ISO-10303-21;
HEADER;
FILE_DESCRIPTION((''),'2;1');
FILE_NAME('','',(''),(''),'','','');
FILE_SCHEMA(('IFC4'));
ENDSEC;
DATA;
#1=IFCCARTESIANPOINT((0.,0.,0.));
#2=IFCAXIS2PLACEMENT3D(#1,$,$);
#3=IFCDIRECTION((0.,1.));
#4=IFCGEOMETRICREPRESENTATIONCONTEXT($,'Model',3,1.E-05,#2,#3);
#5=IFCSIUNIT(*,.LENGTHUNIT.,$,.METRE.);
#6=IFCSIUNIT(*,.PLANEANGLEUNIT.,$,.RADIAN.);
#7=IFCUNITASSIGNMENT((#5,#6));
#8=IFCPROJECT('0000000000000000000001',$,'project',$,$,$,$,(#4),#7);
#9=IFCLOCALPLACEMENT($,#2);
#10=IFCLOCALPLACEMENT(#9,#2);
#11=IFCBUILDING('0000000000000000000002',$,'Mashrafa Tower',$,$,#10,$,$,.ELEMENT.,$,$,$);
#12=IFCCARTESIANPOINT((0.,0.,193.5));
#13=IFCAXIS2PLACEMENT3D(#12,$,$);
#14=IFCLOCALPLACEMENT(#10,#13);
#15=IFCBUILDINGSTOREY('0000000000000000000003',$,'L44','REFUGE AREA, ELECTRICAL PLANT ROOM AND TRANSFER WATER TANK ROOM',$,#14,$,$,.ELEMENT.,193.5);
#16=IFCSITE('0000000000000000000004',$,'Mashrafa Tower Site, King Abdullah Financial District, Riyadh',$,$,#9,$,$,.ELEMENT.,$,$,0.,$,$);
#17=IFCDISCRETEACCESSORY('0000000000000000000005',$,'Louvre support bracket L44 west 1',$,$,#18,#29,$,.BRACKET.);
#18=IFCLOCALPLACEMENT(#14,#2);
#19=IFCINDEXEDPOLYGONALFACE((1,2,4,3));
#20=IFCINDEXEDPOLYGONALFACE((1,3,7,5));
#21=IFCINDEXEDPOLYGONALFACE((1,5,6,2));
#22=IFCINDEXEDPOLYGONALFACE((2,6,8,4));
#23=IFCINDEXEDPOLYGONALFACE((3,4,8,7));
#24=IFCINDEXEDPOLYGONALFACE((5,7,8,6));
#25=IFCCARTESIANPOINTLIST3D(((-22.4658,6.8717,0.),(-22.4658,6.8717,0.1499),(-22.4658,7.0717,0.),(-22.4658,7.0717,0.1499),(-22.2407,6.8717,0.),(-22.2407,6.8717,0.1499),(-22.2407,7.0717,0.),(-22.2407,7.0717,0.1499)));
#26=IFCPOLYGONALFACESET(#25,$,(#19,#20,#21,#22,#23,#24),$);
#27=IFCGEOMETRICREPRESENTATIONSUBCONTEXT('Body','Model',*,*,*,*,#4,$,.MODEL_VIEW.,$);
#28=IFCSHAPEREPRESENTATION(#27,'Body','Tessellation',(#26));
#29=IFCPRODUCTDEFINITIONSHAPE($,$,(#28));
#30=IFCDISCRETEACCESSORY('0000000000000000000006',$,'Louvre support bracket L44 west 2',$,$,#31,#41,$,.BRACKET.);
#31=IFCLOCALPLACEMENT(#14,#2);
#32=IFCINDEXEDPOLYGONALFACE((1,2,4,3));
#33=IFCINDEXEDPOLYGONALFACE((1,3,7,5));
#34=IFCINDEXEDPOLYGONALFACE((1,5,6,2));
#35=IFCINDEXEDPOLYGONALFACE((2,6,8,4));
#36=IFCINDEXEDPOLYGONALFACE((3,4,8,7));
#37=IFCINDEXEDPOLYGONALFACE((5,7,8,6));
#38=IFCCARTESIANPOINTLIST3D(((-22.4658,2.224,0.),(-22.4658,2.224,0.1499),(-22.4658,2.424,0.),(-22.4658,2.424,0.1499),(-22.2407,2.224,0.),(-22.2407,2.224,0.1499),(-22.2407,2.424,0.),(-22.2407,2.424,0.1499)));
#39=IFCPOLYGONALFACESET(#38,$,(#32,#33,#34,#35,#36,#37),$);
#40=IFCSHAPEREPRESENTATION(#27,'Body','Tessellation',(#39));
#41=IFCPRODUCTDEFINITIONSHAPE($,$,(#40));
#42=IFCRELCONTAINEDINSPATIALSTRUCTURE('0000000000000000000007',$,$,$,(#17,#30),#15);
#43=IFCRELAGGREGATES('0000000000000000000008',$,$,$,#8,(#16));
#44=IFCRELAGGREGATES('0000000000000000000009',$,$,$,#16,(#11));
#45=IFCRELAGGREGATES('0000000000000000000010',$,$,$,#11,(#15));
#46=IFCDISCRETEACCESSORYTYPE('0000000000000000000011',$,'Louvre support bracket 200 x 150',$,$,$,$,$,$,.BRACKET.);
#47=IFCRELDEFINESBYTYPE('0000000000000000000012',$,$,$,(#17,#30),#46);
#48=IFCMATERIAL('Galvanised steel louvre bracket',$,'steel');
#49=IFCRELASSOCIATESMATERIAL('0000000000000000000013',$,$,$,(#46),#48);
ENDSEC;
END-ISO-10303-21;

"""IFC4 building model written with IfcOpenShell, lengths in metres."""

from ifc_helpers import new_model, si_unit, direction, frame, origin, origin_2d, place, context, subcontext, project, spatial, rectangle, extrude, source, transform, mapped, material, type_object, type_shapes, element, save


model = new_model("IFC4")

# Units and contexts
model_context = context("Model", 3, precision=1e-05, world=origin(), true_north=direction((0.0, 1.0)))
body_context = subcontext(model_context, "Body", "Model", "MODEL_VIEW")
ifc_project = project(units=[si_unit("LENGTHUNIT", "METRE"), si_unit("PLANEANGLEUNIT", "RADIAN")], contexts=[model_context])

# Site, building, storey
site_placement = place(None, origin())
site = spatial("IfcSite", under=ifc_project, at=site_placement, Name="Mashrafa Tower Site, King Abdullah Financial District, Riyadh", CompositionType="ELEMENT", RefElevation=0.0)
building_placement = place(site_placement, origin())
building = spatial("IfcBuilding", under=site, at=building_placement, Name="Mashrafa Tower", CompositionType="ELEMENT")
storey_placement = place(building_placement, frame((0.0, 0.0, 193.5)))
storey = spatial("IfcBuildingStorey", under=building, at=storey_placement, Name="L44", Description="REFUGE AREA, ELECTRICAL PLANT ROOM AND TRANSFER WATER TANK ROOM", CompositionType="ELEMENT", Elevation=193.5)

# Discrete accessories
ifc_material_1 = material(Name="Galvanised steel louvre bracket", Category="steel")
discrete_accessory_type = type_object("IfcDiscreteAccessoryType", Name="Louvre support bracket 200 x 150", PredefinedType="BRACKET", material=ifc_material_1)
shared_shape_1 = source(origin(), body_context, "Body", "SweptSolid", [
    extrude(rectangle(XDim=0.2, YDim=0.2251, at=origin_2d()), origin(), (0.0, 0.0, 1.0), 0.1499),
])
type_shapes(discrete_accessory_type, [shared_shape_1])
for number, where, z_axis, x_axis, name in (
    (1, (-22.3533, 6.9717, 0.0), (0.0, 0.0, 1.0), (0.0, -1.0, 0.0), "Louvre support bracket L44 west 1"),
    (2, (-22.3533, 2.324, 0.0), (0.0, 0.0, 1.0), (0.0, -1.0, 0.0), "Louvre support bracket L44 west 2"),
):
    element("IfcDiscreteAccessory", number, at=place(storey_placement, frame(where, z_axis=z_axis, x_axis=x_axis)), inside=storey, type_object=discrete_accessory_type, Name=name, PredefinedType="BRACKET", context=body_context, shape_type="MappedRepresentation", body=[
        mapped(shared_shape_1, transform((0.0, 0.0, 0.0))),
    ])

save(model, "model.ifc")
